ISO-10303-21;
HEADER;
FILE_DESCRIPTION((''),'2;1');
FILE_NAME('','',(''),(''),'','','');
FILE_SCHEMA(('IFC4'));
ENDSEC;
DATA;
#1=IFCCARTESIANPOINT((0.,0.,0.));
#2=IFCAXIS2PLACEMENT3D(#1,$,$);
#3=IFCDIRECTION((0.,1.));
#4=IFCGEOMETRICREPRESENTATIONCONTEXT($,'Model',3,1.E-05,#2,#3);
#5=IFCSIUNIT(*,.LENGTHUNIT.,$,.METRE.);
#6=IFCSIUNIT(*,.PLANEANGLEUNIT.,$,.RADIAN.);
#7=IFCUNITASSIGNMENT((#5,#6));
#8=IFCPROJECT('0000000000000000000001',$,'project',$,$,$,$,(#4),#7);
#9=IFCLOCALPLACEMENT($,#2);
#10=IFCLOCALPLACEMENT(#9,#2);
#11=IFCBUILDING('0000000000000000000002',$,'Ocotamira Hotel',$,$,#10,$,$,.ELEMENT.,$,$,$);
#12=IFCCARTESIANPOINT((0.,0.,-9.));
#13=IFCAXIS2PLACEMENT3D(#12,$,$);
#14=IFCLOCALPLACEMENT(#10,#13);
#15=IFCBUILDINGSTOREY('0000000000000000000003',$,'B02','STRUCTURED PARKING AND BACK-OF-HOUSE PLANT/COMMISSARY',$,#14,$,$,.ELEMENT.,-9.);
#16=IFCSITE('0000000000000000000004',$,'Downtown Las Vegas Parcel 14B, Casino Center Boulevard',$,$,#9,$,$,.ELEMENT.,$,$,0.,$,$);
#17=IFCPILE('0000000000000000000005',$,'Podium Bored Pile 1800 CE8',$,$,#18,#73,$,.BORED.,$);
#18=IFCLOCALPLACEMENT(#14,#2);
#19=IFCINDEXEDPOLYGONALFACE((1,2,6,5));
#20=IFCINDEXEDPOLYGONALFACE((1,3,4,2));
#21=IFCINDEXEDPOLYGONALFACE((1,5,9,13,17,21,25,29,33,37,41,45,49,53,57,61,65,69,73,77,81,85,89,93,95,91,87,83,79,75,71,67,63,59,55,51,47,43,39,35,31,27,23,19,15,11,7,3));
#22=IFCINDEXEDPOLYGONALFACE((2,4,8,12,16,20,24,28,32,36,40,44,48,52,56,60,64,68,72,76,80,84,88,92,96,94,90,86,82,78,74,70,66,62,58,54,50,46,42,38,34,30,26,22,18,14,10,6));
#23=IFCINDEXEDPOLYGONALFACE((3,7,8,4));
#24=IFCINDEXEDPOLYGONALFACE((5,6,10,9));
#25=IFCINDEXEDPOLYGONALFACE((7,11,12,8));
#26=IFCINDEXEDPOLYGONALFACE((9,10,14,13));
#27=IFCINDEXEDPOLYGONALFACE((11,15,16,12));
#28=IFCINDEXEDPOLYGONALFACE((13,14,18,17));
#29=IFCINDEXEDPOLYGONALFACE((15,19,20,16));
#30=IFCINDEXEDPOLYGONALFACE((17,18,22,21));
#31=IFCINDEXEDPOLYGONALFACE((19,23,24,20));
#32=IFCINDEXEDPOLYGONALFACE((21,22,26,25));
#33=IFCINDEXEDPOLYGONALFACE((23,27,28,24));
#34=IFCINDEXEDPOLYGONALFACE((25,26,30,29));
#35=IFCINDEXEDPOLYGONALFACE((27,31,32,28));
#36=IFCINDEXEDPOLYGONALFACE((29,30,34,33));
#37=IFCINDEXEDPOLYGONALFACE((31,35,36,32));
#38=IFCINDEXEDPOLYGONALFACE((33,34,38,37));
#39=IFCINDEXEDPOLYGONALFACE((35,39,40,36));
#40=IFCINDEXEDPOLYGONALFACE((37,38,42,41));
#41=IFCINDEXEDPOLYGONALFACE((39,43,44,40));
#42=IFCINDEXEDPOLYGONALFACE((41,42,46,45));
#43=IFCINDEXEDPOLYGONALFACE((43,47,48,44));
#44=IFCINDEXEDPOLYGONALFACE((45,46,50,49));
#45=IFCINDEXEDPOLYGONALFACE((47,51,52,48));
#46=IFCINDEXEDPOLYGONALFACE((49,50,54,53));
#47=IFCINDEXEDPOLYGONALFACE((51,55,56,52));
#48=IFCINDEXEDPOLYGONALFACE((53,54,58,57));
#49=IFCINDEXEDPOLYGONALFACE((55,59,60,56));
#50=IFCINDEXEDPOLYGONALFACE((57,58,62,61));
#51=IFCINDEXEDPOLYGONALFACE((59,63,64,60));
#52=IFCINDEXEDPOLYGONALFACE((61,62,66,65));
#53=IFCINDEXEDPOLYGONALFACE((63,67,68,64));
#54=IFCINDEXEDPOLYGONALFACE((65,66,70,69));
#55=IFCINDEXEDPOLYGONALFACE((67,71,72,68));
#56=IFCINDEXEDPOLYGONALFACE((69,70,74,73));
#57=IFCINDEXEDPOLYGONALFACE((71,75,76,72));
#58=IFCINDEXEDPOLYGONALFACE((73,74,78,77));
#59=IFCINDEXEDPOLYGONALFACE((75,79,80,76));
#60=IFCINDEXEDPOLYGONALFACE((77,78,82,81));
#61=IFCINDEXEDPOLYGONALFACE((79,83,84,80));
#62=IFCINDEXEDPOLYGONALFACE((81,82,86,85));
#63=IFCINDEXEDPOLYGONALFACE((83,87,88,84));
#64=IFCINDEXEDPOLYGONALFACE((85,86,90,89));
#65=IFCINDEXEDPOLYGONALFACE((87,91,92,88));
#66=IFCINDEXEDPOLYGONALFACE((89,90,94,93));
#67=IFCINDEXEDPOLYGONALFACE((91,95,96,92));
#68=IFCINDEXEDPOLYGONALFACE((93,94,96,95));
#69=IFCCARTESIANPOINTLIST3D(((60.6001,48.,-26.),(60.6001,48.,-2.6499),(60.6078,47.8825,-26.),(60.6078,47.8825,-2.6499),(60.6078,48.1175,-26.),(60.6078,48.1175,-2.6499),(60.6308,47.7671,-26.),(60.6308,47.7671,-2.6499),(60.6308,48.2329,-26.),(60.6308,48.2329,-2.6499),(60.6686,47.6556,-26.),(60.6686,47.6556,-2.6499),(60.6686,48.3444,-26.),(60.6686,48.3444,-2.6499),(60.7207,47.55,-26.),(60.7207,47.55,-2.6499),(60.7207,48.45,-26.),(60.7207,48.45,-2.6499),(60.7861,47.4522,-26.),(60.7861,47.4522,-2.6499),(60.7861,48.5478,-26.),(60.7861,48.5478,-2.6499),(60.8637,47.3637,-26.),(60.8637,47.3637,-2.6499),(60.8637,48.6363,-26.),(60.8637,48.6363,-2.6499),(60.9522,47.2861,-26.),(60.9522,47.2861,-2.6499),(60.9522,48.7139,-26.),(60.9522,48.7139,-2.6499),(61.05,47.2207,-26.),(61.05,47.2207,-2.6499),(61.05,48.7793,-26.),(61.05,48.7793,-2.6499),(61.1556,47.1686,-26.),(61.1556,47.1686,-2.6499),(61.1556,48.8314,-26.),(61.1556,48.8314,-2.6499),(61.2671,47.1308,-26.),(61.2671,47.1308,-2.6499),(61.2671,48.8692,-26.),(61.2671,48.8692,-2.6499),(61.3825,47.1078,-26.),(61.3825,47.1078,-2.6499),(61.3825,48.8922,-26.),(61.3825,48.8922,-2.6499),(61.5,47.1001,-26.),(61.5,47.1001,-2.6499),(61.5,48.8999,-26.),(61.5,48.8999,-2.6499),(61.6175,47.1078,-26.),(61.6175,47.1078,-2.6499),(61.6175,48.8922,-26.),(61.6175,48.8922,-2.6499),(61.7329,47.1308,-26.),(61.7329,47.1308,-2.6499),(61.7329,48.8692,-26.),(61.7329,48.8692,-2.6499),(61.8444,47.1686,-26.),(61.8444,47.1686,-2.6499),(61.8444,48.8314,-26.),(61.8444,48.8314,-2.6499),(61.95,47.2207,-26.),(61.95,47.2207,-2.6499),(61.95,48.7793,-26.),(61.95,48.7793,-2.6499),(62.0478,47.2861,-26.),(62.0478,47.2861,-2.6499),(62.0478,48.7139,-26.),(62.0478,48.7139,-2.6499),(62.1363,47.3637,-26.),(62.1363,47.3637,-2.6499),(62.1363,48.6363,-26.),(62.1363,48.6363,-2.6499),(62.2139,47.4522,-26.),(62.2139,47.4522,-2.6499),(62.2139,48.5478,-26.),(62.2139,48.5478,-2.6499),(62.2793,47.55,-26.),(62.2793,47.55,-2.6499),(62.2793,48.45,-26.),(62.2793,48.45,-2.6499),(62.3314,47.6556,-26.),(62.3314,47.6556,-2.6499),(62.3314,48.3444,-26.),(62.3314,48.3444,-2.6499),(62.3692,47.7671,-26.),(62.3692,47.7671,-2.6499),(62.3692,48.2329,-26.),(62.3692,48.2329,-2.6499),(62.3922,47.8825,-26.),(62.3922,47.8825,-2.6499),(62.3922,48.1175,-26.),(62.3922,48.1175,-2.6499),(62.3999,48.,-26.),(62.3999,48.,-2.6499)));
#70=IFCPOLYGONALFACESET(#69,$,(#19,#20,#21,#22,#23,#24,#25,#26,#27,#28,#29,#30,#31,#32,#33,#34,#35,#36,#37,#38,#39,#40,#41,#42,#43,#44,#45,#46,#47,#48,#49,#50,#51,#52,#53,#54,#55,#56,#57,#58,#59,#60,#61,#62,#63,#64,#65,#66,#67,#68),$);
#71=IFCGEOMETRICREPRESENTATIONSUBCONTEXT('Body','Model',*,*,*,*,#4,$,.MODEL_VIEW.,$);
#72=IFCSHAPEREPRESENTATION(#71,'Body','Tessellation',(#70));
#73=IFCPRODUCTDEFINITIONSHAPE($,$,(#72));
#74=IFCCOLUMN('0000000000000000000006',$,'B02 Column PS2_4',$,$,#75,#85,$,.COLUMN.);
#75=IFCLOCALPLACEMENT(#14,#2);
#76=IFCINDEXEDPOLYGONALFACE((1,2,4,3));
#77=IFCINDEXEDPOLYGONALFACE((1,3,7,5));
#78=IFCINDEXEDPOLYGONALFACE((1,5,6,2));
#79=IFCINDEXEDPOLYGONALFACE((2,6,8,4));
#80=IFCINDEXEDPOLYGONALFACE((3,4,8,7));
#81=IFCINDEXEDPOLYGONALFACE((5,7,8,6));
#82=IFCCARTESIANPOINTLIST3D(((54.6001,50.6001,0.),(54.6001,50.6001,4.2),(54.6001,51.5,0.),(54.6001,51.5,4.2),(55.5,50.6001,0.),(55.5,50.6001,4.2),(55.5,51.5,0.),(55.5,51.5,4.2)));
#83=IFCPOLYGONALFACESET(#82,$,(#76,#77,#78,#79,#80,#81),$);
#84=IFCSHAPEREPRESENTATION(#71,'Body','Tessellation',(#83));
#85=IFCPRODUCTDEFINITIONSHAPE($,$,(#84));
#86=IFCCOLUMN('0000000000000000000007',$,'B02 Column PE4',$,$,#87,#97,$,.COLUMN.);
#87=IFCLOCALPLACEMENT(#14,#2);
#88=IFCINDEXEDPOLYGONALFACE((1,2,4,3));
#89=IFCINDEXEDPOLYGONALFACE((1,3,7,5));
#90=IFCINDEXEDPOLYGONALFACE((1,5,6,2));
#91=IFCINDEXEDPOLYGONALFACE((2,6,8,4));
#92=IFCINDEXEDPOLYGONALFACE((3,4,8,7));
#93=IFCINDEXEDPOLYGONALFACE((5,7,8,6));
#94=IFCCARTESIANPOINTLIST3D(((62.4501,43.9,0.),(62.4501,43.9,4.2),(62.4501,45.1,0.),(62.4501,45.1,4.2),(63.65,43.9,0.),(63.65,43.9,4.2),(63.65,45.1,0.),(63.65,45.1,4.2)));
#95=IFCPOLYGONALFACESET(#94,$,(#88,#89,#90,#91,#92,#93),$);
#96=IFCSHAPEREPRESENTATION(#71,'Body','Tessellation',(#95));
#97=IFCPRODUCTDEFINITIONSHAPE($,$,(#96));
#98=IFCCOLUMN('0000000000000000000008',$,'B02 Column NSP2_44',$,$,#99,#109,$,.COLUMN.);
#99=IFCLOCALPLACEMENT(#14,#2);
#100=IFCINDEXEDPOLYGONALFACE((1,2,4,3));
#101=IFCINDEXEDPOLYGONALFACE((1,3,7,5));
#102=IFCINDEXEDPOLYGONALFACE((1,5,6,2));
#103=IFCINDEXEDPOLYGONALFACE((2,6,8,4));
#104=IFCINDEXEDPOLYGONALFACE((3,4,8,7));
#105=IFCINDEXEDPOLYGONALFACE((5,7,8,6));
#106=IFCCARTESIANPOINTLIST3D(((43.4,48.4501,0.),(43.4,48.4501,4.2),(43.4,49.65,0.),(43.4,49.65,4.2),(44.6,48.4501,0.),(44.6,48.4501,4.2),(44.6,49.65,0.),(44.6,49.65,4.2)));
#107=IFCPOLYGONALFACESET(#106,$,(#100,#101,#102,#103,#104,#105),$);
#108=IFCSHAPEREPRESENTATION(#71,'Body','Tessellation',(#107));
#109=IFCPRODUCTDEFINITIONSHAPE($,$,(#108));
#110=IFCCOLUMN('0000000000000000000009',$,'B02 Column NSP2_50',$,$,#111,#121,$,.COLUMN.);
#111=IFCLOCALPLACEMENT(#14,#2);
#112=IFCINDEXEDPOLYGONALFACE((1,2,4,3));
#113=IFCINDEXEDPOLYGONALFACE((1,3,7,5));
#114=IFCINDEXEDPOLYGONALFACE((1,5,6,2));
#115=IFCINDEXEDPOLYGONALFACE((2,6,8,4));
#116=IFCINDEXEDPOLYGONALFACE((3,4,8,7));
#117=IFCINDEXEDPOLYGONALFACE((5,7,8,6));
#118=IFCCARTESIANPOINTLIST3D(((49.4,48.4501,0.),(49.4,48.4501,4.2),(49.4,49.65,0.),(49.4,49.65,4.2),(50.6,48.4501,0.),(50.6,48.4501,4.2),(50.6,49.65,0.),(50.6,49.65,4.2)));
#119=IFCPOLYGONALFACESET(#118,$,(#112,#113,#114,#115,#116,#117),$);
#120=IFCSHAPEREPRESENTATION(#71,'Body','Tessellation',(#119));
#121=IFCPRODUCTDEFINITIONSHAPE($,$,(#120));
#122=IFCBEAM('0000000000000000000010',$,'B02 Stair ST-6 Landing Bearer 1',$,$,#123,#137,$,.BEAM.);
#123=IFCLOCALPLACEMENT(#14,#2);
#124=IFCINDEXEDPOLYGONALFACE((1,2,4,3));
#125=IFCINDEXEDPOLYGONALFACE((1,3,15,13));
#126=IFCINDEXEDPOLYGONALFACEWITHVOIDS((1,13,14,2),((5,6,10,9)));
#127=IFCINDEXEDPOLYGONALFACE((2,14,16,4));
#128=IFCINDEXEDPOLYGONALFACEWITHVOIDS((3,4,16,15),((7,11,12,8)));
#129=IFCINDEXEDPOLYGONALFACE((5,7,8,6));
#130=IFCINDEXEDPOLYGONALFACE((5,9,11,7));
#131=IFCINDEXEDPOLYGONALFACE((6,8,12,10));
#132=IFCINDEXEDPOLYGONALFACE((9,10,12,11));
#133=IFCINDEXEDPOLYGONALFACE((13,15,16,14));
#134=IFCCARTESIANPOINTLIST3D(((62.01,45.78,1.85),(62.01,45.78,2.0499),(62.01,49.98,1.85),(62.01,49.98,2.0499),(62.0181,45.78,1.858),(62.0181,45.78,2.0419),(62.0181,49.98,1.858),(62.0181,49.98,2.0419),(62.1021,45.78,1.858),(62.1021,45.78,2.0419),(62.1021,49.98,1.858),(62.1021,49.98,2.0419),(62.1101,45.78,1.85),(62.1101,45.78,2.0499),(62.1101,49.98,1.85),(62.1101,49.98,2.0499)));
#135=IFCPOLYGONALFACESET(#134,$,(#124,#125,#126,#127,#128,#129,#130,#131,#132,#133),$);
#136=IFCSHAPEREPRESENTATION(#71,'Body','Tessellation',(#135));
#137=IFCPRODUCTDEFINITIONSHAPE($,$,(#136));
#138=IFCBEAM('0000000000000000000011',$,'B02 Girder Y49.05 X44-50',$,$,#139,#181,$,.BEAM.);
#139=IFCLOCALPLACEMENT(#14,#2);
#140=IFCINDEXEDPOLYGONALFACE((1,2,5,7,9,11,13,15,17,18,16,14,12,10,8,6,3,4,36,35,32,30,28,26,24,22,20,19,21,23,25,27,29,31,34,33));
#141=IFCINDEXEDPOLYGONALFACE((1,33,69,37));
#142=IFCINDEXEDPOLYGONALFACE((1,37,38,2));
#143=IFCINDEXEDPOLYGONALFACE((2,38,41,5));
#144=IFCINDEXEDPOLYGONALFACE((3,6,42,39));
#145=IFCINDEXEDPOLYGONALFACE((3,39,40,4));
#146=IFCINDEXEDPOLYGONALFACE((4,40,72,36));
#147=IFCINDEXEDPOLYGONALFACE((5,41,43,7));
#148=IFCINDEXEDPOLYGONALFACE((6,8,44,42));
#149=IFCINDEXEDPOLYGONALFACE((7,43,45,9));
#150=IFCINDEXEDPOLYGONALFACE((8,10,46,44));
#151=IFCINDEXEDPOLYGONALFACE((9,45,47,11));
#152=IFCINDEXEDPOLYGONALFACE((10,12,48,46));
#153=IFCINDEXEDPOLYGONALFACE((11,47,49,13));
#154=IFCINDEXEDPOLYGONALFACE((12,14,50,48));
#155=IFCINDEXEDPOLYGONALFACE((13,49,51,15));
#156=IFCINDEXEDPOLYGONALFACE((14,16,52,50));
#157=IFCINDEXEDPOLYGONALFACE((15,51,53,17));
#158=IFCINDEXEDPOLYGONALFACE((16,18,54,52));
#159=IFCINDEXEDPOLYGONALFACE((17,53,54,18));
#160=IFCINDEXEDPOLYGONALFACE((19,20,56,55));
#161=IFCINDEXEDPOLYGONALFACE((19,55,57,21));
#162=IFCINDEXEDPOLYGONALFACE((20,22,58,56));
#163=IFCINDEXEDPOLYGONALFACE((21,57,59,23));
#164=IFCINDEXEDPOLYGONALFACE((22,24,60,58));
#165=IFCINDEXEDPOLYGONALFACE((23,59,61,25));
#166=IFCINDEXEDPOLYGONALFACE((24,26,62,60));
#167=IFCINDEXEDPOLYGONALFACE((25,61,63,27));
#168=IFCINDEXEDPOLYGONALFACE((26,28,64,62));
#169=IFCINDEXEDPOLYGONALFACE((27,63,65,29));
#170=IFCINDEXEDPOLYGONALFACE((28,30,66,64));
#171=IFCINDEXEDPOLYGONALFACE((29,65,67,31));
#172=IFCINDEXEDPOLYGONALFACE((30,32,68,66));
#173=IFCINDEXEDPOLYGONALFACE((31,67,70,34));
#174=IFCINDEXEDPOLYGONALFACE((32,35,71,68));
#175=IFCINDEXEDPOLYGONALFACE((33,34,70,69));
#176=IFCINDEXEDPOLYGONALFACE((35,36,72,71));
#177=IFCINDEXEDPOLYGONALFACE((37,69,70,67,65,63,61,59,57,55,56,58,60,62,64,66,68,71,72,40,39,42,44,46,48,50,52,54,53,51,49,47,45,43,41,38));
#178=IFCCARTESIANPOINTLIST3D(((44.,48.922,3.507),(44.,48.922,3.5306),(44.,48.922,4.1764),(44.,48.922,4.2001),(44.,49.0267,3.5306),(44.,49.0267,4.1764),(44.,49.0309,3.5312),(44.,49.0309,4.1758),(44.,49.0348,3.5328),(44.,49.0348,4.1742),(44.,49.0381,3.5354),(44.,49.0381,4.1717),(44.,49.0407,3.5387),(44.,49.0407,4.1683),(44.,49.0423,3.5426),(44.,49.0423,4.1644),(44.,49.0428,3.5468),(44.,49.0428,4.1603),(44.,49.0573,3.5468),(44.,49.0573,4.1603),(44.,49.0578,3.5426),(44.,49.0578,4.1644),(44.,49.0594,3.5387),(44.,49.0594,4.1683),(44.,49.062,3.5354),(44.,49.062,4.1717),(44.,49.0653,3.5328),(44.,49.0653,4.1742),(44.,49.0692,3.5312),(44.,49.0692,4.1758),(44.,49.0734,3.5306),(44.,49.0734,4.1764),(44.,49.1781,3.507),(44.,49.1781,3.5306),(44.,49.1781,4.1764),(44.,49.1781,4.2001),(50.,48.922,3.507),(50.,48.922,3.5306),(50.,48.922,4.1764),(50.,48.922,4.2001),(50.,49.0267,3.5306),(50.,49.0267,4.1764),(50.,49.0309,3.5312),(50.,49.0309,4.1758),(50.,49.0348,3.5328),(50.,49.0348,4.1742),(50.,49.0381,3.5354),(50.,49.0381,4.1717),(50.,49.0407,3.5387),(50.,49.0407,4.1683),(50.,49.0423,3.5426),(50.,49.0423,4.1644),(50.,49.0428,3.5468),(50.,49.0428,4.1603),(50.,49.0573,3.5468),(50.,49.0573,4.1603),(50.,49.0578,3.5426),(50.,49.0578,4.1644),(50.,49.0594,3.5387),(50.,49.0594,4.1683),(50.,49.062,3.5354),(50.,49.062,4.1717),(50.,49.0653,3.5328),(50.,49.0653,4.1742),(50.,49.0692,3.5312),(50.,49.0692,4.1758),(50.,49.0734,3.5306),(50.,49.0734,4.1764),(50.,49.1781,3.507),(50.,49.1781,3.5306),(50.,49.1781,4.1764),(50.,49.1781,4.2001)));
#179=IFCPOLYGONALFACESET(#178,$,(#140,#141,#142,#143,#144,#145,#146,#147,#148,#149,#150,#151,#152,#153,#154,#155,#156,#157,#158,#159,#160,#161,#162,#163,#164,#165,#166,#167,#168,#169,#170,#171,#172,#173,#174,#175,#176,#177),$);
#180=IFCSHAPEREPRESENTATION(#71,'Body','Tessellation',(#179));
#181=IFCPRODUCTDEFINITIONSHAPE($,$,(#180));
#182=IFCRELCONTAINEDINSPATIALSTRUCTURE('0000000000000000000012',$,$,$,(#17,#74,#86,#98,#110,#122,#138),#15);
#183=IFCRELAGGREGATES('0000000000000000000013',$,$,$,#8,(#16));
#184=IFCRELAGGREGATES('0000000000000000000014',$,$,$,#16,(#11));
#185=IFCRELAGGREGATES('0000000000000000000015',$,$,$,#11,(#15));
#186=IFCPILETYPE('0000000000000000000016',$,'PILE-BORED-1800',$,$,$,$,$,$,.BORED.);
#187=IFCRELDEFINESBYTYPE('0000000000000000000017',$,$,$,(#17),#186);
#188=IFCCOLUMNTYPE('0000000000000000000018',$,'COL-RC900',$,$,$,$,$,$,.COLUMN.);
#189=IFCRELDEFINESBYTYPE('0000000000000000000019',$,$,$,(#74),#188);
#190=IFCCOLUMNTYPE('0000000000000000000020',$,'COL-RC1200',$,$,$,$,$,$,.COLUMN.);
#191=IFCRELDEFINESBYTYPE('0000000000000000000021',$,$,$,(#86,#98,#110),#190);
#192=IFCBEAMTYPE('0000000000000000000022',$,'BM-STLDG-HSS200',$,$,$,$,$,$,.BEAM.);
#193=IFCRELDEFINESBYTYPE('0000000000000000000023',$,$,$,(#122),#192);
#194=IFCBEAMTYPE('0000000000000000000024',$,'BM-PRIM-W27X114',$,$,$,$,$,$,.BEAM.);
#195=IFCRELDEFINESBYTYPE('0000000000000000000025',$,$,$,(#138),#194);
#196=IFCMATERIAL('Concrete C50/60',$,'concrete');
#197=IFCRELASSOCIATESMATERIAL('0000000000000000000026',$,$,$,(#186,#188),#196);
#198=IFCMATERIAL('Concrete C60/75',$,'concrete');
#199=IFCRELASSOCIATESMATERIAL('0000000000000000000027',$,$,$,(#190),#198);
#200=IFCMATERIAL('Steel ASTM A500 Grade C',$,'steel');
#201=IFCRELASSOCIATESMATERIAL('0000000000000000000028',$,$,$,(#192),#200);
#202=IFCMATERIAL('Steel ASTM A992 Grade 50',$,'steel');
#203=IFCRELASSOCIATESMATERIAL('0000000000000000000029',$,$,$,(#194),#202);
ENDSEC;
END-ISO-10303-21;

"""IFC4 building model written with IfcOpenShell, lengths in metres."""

from ifc_helpers import new_model, si_unit, direction, frame, origin, origin_2d, place, context, subcontext, project, spatial, rectangle, hollow_rectangle, circle, i_section, extrude, source, transform, mapped, material, material_profile, profile_set, type_object, element, save


model = new_model("IFC4")

# Units and contexts
model_context = context("Model", 3, precision=1e-05, world=origin(), true_north=direction((0.0, 1.0)))
body_context = subcontext(model_context, "Body", "Model", "MODEL_VIEW")
ifc_project = project(units=[si_unit("LENGTHUNIT", "METRE"), si_unit("PLANEANGLEUNIT", "RADIAN")], contexts=[model_context])

# Site, building, storey
site_placement = place(None, origin())
site = spatial("IfcSite", under=ifc_project, at=site_placement, Name="Downtown Las Vegas Parcel 14B, Casino Center Boulevard", CompositionType="ELEMENT", RefElevation=0.0)
building_placement = place(site_placement, origin())
building = spatial("IfcBuilding", under=site, at=building_placement, Name="Ocotamira Hotel", CompositionType="ELEMENT")
storey_placement = place(building_placement, frame((0.0, 0.0, -9.0)))
storey = spatial("IfcBuildingStorey", under=building, at=storey_placement, Name="B02", Description="STRUCTURED PARKING AND BACK-OF-HOUSE PLANT/COMMISSARY", CompositionType="ELEMENT", Elevation=-9.0)

# Pile
ifc_material_1 = material(Name="Concrete C50/60", Category="concrete")
ifc_material_profile_1 = material_profile(ifc_material_1, circle(Radius=0.8999, at=origin_2d()), Name="PILE1800")
ifc_profile_set_1 = profile_set([ifc_material_profile_1], Name="Concrete C50/60")
pile_type = type_object("IfcPileType", Name="PILE-BORED-1800", PredefinedType="BORED", material=ifc_profile_set_1)
shared_shape_1 = source(origin(), body_context, "Body", "SweptSolid", [
    extrude(circle(Radius=0.8999, at=origin_2d()), origin(), (0.0, 0.0, 1.0), 23.3501),
])
pile_placement = place(storey_placement, frame((61.5, 48.0, -2.6499), z_axis=(0.0, 0.0, -1.0), x_axis=(1.0, 0.0, 0.0)))
element("IfcPile", 1, at=pile_placement, inside=storey, type_object=pile_type, Name="Podium Bored Pile 1800 CE8", PredefinedType="BORED", context=body_context, shape_type="MappedRepresentation", body=[
    mapped(shared_shape_1, transform((0.0, 0.0, 0.0), scale=1.0)),
])

# Columns
ifc_material_profile_2 = material_profile(ifc_material_1, rectangle(XDim=0.8999, YDim=0.8999, at=origin_2d()), Name="RC900X900")
ifc_profile_set_2 = profile_set([ifc_material_profile_2], Name="Concrete C50/60")
column_type_1 = type_object("IfcColumnType", Name="COL-RC900", PredefinedType="COLUMN", material=ifc_profile_set_2)
shared_shape_2 = source(origin(), body_context, "Body", "SweptSolid", [
    extrude(rectangle(XDim=0.8999, YDim=0.8999, at=origin_2d()), origin(), (0.0, 0.0, 1.0), 4.2),
])
column_placement = place(storey_placement, frame((55.05, 51.05, 0.0), z_axis=(0.0, 0.0, 1.0), x_axis=(1.0, 0.0, 0.0)))
element("IfcColumn", 2, at=column_placement, inside=storey, type_object=column_type_1, Name="B02 Column PS2_4", PredefinedType="COLUMN", context=body_context, shape_type="MappedRepresentation", body=[
    mapped(shared_shape_2, transform((0.0, 0.0, 0.0), scale=1.0)),
])
ifc_material_2 = material(Name="Concrete C60/75", Category="concrete")
ifc_material_profile_3 = material_profile(ifc_material_2, rectangle(XDim=1.2, YDim=1.2, at=origin_2d()), Name="RC1200X1200")
ifc_profile_set_3 = profile_set([ifc_material_profile_3], Name="Concrete C60/75")
column_type_2 = type_object("IfcColumnType", Name="COL-RC1200", PredefinedType="COLUMN", material=ifc_profile_set_3)
shared_shape_3 = source(origin(), body_context, "Body", "SweptSolid", [
    extrude(rectangle(XDim=1.2, YDim=1.2, at=origin_2d()), origin(), (0.0, 0.0, 1.0), 4.2),
])
for number, where, z_axis, x_axis, name in (
    (3, (63.05, 44.5, 0.0), (0.0, 0.0, 1.0), (1.0, 0.0, 0.0), "B02 Column PE4"),
    (4, (44.0, 49.05, 0.0), (0.0, 0.0, 1.0), (1.0, 0.0, 0.0), "B02 Column NSP2_44"),
    (5, (50.0, 49.05, 0.0), (0.0, 0.0, 1.0), (1.0, 0.0, 0.0), "B02 Column NSP2_50"),
):
    element("IfcColumn", number, at=place(storey_placement, frame(where, z_axis=z_axis, x_axis=x_axis)), inside=storey, type_object=column_type_2, Name=name, PredefinedType="COLUMN", context=body_context, shape_type="MappedRepresentation", body=[
        mapped(shared_shape_3, transform((0.0, 0.0, 0.0), scale=1.0)),
    ])

# Beams
ifc_material_3 = material(Name="Steel ASTM A500 Grade C", Category="steel")
ifc_material_profile_4 = material_profile(ifc_material_3, hollow_rectangle(XDim=0.1001, YDim=0.2, WallThickness=0.0081, at=origin_2d()), Name="HSS200X100X8")
ifc_profile_set_4 = profile_set([ifc_material_profile_4], Name="Steel ASTM A500 Grade C")
beam_type_1 = type_object("IfcBeamType", Name="BM-STLDG-HSS200", PredefinedType="BEAM", material=ifc_profile_set_4)
shared_shape_4 = source(origin(), body_context, "Body", "SweptSolid", [
    extrude(hollow_rectangle(XDim=0.1001, YDim=0.2, WallThickness=0.0081, at=origin_2d()), origin(), (0.0, 0.0, 1.0), 4.2),
])
beam_1_placement = place(storey_placement, frame((62.0601, 45.78, 1.95), z_axis=(0.0, 1.0, 0.0), x_axis=(-1.0, 0.0, 0.0)))
element("IfcBeam", 6, at=beam_1_placement, inside=storey, type_object=beam_type_1, Name="B02 Stair ST-6 Landing Bearer 1", PredefinedType="BEAM", context=body_context, shape_type="MappedRepresentation", body=[
    mapped(shared_shape_4, transform((0.0, 0.0, 0.0), scale=1.0)),
])
ifc_material_4 = material(Name="Steel ASTM A992 Grade 50", Category="steel")
ifc_material_profile_5 = material_profile(ifc_material_4, i_section(OverallWidth=0.2561, OverallDepth=0.6931, WebThickness=0.0144, FlangeThickness=0.0237, FilletRadius=0.0161, at=origin_2d()), Name="W27X114")
ifc_profile_set_5 = profile_set([ifc_material_profile_5], Name="Steel ASTM A992 Grade 50")
beam_type_2 = type_object("IfcBeamType", Name="BM-PRIM-W27X114", PredefinedType="BEAM", material=ifc_profile_set_5)
shared_shape_5 = source(origin(), body_context, "Body", "SweptSolid", [
    extrude(i_section(OverallWidth=0.2561, OverallDepth=0.6931, WebThickness=0.0144, FlangeThickness=0.0237, FilletRadius=0.0161, at=origin_2d()), origin(), (0.0, 0.0, 1.0), 6.0),
])
beam_2_placement = place(storey_placement, frame((44.0, 49.05, 3.8535), z_axis=(1.0, 0.0, 0.0), x_axis=(0.0, 1.0, 0.0)))
element("IfcBeam", 7, at=beam_2_placement, inside=storey, type_object=beam_type_2, Name="B02 Girder Y49.05 X44-50", PredefinedType="BEAM", context=body_context, shape_type="MappedRepresentation", body=[
    mapped(shared_shape_5, transform((0.0, 0.0, 0.0), scale=1.0)),
])

save(model, "model.ifc")
